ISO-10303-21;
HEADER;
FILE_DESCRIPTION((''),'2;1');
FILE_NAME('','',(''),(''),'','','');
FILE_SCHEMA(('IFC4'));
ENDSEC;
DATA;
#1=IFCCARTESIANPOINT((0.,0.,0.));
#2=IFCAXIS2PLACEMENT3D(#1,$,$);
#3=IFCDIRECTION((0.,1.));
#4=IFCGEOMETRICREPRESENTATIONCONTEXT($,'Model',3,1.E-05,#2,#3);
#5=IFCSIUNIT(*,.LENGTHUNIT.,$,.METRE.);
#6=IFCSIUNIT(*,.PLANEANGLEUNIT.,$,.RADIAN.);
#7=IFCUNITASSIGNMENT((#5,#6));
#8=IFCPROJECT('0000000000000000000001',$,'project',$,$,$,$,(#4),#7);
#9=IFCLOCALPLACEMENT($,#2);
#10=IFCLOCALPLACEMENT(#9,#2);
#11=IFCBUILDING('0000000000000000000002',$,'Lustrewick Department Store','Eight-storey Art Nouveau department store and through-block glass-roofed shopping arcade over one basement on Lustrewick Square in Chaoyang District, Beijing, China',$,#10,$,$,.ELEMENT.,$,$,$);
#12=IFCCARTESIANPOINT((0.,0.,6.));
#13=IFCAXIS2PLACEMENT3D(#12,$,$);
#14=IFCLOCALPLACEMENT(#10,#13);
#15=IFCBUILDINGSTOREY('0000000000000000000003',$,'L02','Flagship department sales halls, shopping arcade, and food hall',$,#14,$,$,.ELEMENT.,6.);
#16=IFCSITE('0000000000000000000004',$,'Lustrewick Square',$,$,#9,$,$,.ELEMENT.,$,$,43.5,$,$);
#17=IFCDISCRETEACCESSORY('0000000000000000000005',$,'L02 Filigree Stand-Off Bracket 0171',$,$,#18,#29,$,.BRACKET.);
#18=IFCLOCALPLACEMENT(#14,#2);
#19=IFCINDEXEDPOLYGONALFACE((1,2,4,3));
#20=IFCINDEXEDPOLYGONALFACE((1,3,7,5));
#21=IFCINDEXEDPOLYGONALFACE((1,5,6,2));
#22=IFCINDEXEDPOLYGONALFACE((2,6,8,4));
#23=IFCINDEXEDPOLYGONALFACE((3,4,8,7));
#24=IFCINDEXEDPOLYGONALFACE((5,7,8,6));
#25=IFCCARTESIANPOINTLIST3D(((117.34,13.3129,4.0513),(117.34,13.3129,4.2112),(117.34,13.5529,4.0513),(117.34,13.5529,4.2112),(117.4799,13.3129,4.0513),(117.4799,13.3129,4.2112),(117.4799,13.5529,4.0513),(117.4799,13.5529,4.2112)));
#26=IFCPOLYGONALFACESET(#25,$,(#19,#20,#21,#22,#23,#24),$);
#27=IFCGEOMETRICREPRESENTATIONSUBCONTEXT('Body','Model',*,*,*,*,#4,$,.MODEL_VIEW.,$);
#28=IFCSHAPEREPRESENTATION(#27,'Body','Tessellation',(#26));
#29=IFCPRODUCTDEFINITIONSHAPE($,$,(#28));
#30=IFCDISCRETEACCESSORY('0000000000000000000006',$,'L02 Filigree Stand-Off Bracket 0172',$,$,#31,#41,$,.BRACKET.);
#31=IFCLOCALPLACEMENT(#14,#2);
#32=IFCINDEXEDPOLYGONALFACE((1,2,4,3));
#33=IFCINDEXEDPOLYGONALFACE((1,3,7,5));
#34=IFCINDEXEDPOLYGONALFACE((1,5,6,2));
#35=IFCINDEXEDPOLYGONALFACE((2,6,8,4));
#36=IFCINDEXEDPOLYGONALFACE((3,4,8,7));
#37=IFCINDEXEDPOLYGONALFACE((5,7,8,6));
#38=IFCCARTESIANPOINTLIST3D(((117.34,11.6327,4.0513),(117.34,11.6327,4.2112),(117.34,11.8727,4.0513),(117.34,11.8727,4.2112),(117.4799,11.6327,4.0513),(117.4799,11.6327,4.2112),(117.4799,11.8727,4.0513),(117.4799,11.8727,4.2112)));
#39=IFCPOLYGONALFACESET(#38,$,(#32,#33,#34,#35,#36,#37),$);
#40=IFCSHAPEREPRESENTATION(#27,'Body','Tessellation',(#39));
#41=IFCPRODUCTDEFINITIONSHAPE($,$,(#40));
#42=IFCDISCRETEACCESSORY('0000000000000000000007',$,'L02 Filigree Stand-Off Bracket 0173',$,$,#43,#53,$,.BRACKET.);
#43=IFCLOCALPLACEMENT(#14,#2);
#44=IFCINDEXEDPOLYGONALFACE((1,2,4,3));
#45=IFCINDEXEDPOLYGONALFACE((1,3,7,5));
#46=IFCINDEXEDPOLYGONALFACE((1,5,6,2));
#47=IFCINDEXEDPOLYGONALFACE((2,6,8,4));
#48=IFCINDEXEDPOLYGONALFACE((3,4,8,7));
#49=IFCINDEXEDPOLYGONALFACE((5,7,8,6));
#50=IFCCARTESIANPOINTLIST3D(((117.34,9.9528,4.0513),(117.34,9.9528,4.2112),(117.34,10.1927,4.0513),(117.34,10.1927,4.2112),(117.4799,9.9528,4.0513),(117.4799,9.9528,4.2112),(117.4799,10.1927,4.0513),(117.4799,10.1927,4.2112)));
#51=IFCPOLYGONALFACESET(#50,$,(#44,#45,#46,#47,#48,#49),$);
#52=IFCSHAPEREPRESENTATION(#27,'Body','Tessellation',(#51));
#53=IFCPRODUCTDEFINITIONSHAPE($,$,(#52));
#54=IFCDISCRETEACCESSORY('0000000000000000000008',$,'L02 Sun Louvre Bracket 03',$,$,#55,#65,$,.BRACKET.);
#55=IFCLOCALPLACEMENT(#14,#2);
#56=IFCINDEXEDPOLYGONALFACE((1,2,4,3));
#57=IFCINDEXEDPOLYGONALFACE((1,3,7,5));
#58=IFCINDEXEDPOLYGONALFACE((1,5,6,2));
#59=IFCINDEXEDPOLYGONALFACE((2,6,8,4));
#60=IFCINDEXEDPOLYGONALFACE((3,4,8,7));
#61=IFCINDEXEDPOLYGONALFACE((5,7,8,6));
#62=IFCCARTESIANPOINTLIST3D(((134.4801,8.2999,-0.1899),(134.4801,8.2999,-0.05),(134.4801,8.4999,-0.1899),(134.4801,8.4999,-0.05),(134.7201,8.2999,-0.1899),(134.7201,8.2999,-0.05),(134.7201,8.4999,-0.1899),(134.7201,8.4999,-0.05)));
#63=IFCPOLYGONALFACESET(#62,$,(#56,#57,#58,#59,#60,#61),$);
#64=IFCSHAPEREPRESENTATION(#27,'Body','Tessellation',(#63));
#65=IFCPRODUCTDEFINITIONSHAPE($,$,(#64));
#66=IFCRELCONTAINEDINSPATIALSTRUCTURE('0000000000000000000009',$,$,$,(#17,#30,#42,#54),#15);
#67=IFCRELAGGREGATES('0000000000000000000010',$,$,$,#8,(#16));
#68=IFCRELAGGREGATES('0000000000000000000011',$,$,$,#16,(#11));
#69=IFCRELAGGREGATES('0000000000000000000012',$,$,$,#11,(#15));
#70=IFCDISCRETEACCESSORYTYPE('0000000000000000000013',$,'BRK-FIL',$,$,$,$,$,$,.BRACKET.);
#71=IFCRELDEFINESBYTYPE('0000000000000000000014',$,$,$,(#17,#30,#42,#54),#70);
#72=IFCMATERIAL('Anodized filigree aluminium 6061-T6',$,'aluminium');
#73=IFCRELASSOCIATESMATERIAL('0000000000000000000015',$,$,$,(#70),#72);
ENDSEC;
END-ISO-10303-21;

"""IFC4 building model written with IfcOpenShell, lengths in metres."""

from ifc_helpers import new_model, si_unit, direction, frame, origin, origin_2d, place, context, subcontext, project, spatial, rectangle, extrude, material, type_object, element, save


model = new_model("IFC4")

# Units and contexts
model_context = context("Model", 3, precision=1e-05, world=origin(), true_north=direction((0.0, 1.0)))
body_context = subcontext(model_context, "Body", "Model", "MODEL_VIEW")
ifc_project = project(units=[si_unit("LENGTHUNIT", "METRE"), si_unit("PLANEANGLEUNIT", "RADIAN")], contexts=[model_context])

# Site, building, storey
site_placement = place(None, origin())
site = spatial("IfcSite", under=ifc_project, at=site_placement, Name="Lustrewick Square", CompositionType="ELEMENT", RefElevation=43.5)
building_placement = place(site_placement, origin())
building = spatial("IfcBuilding", under=site, at=building_placement, Name="Lustrewick Department Store", Description="Eight-storey Art Nouveau department store and through-block glass-roofed shopping arcade over one basement on Lustrewick Square in Chaoyang District, Beijing, China", CompositionType="ELEMENT")
storey_placement = place(building_placement, frame((0.0, 0.0, 6.0)))
storey = spatial("IfcBuildingStorey", under=building, at=storey_placement, Name="L02", Description="Flagship department sales halls, shopping arcade, and food hall", CompositionType="ELEMENT", Elevation=6.0)

# Discrete accessories
ifc_material_1 = material(Name="Anodized filigree aluminium 6061-T6", Category="aluminium")
discrete_accessory_type = type_object("IfcDiscreteAccessoryType", Name="BRK-FIL", PredefinedType="BRACKET", material=ifc_material_1)
for number, where, z_axis, x_axis, name in (
    (1, (117.4099, 13.4329, 4.0513), (0.0, 0.0, 1.0), (0.0, -1.0, 0.0), "L02 Filigree Stand-Off Bracket 0171"),
    (2, (117.4099, 11.7527, 4.0513), (0.0, 0.0, 1.0), (0.0, -1.0, 0.0), "L02 Filigree Stand-Off Bracket 0172"),
    (3, (117.4099, 10.0728, 4.0513), (0.0, 0.0, 1.0), (0.0, -1.0, 0.0), "L02 Filigree Stand-Off Bracket 0173"),
):
    element("IfcDiscreteAccessory", number, at=place(storey_placement, frame(where, z_axis=z_axis, x_axis=x_axis)), inside=storey, type_object=discrete_accessory_type, Name=name, PredefinedType="BRACKET", context=body_context, shape_type="SweptSolid", body=[
        extrude(rectangle(XDim=0.24, YDim=0.1399, at=origin_2d()), origin(), (0.0, 0.0, 1.0), 0.1599),
    ])
discrete_accessory_placement = place(storey_placement, frame((134.6001, 8.3999, -0.1899), z_axis=(0.0, 0.0, 1.0), x_axis=(1.0, 0.0, 0.0)))
element("IfcDiscreteAccessory", 4, at=discrete_accessory_placement, inside=storey, type_object=discrete_accessory_type, Name="L02 Sun Louvre Bracket 03", PredefinedType="BRACKET", context=body_context, shape_type="SweptSolid", body=[
    extrude(rectangle(XDim=0.24, YDim=0.2, at=origin_2d()), origin(), (0.0, 0.0, 1.0), 0.1399),
])

save(model, "model.ifc")
